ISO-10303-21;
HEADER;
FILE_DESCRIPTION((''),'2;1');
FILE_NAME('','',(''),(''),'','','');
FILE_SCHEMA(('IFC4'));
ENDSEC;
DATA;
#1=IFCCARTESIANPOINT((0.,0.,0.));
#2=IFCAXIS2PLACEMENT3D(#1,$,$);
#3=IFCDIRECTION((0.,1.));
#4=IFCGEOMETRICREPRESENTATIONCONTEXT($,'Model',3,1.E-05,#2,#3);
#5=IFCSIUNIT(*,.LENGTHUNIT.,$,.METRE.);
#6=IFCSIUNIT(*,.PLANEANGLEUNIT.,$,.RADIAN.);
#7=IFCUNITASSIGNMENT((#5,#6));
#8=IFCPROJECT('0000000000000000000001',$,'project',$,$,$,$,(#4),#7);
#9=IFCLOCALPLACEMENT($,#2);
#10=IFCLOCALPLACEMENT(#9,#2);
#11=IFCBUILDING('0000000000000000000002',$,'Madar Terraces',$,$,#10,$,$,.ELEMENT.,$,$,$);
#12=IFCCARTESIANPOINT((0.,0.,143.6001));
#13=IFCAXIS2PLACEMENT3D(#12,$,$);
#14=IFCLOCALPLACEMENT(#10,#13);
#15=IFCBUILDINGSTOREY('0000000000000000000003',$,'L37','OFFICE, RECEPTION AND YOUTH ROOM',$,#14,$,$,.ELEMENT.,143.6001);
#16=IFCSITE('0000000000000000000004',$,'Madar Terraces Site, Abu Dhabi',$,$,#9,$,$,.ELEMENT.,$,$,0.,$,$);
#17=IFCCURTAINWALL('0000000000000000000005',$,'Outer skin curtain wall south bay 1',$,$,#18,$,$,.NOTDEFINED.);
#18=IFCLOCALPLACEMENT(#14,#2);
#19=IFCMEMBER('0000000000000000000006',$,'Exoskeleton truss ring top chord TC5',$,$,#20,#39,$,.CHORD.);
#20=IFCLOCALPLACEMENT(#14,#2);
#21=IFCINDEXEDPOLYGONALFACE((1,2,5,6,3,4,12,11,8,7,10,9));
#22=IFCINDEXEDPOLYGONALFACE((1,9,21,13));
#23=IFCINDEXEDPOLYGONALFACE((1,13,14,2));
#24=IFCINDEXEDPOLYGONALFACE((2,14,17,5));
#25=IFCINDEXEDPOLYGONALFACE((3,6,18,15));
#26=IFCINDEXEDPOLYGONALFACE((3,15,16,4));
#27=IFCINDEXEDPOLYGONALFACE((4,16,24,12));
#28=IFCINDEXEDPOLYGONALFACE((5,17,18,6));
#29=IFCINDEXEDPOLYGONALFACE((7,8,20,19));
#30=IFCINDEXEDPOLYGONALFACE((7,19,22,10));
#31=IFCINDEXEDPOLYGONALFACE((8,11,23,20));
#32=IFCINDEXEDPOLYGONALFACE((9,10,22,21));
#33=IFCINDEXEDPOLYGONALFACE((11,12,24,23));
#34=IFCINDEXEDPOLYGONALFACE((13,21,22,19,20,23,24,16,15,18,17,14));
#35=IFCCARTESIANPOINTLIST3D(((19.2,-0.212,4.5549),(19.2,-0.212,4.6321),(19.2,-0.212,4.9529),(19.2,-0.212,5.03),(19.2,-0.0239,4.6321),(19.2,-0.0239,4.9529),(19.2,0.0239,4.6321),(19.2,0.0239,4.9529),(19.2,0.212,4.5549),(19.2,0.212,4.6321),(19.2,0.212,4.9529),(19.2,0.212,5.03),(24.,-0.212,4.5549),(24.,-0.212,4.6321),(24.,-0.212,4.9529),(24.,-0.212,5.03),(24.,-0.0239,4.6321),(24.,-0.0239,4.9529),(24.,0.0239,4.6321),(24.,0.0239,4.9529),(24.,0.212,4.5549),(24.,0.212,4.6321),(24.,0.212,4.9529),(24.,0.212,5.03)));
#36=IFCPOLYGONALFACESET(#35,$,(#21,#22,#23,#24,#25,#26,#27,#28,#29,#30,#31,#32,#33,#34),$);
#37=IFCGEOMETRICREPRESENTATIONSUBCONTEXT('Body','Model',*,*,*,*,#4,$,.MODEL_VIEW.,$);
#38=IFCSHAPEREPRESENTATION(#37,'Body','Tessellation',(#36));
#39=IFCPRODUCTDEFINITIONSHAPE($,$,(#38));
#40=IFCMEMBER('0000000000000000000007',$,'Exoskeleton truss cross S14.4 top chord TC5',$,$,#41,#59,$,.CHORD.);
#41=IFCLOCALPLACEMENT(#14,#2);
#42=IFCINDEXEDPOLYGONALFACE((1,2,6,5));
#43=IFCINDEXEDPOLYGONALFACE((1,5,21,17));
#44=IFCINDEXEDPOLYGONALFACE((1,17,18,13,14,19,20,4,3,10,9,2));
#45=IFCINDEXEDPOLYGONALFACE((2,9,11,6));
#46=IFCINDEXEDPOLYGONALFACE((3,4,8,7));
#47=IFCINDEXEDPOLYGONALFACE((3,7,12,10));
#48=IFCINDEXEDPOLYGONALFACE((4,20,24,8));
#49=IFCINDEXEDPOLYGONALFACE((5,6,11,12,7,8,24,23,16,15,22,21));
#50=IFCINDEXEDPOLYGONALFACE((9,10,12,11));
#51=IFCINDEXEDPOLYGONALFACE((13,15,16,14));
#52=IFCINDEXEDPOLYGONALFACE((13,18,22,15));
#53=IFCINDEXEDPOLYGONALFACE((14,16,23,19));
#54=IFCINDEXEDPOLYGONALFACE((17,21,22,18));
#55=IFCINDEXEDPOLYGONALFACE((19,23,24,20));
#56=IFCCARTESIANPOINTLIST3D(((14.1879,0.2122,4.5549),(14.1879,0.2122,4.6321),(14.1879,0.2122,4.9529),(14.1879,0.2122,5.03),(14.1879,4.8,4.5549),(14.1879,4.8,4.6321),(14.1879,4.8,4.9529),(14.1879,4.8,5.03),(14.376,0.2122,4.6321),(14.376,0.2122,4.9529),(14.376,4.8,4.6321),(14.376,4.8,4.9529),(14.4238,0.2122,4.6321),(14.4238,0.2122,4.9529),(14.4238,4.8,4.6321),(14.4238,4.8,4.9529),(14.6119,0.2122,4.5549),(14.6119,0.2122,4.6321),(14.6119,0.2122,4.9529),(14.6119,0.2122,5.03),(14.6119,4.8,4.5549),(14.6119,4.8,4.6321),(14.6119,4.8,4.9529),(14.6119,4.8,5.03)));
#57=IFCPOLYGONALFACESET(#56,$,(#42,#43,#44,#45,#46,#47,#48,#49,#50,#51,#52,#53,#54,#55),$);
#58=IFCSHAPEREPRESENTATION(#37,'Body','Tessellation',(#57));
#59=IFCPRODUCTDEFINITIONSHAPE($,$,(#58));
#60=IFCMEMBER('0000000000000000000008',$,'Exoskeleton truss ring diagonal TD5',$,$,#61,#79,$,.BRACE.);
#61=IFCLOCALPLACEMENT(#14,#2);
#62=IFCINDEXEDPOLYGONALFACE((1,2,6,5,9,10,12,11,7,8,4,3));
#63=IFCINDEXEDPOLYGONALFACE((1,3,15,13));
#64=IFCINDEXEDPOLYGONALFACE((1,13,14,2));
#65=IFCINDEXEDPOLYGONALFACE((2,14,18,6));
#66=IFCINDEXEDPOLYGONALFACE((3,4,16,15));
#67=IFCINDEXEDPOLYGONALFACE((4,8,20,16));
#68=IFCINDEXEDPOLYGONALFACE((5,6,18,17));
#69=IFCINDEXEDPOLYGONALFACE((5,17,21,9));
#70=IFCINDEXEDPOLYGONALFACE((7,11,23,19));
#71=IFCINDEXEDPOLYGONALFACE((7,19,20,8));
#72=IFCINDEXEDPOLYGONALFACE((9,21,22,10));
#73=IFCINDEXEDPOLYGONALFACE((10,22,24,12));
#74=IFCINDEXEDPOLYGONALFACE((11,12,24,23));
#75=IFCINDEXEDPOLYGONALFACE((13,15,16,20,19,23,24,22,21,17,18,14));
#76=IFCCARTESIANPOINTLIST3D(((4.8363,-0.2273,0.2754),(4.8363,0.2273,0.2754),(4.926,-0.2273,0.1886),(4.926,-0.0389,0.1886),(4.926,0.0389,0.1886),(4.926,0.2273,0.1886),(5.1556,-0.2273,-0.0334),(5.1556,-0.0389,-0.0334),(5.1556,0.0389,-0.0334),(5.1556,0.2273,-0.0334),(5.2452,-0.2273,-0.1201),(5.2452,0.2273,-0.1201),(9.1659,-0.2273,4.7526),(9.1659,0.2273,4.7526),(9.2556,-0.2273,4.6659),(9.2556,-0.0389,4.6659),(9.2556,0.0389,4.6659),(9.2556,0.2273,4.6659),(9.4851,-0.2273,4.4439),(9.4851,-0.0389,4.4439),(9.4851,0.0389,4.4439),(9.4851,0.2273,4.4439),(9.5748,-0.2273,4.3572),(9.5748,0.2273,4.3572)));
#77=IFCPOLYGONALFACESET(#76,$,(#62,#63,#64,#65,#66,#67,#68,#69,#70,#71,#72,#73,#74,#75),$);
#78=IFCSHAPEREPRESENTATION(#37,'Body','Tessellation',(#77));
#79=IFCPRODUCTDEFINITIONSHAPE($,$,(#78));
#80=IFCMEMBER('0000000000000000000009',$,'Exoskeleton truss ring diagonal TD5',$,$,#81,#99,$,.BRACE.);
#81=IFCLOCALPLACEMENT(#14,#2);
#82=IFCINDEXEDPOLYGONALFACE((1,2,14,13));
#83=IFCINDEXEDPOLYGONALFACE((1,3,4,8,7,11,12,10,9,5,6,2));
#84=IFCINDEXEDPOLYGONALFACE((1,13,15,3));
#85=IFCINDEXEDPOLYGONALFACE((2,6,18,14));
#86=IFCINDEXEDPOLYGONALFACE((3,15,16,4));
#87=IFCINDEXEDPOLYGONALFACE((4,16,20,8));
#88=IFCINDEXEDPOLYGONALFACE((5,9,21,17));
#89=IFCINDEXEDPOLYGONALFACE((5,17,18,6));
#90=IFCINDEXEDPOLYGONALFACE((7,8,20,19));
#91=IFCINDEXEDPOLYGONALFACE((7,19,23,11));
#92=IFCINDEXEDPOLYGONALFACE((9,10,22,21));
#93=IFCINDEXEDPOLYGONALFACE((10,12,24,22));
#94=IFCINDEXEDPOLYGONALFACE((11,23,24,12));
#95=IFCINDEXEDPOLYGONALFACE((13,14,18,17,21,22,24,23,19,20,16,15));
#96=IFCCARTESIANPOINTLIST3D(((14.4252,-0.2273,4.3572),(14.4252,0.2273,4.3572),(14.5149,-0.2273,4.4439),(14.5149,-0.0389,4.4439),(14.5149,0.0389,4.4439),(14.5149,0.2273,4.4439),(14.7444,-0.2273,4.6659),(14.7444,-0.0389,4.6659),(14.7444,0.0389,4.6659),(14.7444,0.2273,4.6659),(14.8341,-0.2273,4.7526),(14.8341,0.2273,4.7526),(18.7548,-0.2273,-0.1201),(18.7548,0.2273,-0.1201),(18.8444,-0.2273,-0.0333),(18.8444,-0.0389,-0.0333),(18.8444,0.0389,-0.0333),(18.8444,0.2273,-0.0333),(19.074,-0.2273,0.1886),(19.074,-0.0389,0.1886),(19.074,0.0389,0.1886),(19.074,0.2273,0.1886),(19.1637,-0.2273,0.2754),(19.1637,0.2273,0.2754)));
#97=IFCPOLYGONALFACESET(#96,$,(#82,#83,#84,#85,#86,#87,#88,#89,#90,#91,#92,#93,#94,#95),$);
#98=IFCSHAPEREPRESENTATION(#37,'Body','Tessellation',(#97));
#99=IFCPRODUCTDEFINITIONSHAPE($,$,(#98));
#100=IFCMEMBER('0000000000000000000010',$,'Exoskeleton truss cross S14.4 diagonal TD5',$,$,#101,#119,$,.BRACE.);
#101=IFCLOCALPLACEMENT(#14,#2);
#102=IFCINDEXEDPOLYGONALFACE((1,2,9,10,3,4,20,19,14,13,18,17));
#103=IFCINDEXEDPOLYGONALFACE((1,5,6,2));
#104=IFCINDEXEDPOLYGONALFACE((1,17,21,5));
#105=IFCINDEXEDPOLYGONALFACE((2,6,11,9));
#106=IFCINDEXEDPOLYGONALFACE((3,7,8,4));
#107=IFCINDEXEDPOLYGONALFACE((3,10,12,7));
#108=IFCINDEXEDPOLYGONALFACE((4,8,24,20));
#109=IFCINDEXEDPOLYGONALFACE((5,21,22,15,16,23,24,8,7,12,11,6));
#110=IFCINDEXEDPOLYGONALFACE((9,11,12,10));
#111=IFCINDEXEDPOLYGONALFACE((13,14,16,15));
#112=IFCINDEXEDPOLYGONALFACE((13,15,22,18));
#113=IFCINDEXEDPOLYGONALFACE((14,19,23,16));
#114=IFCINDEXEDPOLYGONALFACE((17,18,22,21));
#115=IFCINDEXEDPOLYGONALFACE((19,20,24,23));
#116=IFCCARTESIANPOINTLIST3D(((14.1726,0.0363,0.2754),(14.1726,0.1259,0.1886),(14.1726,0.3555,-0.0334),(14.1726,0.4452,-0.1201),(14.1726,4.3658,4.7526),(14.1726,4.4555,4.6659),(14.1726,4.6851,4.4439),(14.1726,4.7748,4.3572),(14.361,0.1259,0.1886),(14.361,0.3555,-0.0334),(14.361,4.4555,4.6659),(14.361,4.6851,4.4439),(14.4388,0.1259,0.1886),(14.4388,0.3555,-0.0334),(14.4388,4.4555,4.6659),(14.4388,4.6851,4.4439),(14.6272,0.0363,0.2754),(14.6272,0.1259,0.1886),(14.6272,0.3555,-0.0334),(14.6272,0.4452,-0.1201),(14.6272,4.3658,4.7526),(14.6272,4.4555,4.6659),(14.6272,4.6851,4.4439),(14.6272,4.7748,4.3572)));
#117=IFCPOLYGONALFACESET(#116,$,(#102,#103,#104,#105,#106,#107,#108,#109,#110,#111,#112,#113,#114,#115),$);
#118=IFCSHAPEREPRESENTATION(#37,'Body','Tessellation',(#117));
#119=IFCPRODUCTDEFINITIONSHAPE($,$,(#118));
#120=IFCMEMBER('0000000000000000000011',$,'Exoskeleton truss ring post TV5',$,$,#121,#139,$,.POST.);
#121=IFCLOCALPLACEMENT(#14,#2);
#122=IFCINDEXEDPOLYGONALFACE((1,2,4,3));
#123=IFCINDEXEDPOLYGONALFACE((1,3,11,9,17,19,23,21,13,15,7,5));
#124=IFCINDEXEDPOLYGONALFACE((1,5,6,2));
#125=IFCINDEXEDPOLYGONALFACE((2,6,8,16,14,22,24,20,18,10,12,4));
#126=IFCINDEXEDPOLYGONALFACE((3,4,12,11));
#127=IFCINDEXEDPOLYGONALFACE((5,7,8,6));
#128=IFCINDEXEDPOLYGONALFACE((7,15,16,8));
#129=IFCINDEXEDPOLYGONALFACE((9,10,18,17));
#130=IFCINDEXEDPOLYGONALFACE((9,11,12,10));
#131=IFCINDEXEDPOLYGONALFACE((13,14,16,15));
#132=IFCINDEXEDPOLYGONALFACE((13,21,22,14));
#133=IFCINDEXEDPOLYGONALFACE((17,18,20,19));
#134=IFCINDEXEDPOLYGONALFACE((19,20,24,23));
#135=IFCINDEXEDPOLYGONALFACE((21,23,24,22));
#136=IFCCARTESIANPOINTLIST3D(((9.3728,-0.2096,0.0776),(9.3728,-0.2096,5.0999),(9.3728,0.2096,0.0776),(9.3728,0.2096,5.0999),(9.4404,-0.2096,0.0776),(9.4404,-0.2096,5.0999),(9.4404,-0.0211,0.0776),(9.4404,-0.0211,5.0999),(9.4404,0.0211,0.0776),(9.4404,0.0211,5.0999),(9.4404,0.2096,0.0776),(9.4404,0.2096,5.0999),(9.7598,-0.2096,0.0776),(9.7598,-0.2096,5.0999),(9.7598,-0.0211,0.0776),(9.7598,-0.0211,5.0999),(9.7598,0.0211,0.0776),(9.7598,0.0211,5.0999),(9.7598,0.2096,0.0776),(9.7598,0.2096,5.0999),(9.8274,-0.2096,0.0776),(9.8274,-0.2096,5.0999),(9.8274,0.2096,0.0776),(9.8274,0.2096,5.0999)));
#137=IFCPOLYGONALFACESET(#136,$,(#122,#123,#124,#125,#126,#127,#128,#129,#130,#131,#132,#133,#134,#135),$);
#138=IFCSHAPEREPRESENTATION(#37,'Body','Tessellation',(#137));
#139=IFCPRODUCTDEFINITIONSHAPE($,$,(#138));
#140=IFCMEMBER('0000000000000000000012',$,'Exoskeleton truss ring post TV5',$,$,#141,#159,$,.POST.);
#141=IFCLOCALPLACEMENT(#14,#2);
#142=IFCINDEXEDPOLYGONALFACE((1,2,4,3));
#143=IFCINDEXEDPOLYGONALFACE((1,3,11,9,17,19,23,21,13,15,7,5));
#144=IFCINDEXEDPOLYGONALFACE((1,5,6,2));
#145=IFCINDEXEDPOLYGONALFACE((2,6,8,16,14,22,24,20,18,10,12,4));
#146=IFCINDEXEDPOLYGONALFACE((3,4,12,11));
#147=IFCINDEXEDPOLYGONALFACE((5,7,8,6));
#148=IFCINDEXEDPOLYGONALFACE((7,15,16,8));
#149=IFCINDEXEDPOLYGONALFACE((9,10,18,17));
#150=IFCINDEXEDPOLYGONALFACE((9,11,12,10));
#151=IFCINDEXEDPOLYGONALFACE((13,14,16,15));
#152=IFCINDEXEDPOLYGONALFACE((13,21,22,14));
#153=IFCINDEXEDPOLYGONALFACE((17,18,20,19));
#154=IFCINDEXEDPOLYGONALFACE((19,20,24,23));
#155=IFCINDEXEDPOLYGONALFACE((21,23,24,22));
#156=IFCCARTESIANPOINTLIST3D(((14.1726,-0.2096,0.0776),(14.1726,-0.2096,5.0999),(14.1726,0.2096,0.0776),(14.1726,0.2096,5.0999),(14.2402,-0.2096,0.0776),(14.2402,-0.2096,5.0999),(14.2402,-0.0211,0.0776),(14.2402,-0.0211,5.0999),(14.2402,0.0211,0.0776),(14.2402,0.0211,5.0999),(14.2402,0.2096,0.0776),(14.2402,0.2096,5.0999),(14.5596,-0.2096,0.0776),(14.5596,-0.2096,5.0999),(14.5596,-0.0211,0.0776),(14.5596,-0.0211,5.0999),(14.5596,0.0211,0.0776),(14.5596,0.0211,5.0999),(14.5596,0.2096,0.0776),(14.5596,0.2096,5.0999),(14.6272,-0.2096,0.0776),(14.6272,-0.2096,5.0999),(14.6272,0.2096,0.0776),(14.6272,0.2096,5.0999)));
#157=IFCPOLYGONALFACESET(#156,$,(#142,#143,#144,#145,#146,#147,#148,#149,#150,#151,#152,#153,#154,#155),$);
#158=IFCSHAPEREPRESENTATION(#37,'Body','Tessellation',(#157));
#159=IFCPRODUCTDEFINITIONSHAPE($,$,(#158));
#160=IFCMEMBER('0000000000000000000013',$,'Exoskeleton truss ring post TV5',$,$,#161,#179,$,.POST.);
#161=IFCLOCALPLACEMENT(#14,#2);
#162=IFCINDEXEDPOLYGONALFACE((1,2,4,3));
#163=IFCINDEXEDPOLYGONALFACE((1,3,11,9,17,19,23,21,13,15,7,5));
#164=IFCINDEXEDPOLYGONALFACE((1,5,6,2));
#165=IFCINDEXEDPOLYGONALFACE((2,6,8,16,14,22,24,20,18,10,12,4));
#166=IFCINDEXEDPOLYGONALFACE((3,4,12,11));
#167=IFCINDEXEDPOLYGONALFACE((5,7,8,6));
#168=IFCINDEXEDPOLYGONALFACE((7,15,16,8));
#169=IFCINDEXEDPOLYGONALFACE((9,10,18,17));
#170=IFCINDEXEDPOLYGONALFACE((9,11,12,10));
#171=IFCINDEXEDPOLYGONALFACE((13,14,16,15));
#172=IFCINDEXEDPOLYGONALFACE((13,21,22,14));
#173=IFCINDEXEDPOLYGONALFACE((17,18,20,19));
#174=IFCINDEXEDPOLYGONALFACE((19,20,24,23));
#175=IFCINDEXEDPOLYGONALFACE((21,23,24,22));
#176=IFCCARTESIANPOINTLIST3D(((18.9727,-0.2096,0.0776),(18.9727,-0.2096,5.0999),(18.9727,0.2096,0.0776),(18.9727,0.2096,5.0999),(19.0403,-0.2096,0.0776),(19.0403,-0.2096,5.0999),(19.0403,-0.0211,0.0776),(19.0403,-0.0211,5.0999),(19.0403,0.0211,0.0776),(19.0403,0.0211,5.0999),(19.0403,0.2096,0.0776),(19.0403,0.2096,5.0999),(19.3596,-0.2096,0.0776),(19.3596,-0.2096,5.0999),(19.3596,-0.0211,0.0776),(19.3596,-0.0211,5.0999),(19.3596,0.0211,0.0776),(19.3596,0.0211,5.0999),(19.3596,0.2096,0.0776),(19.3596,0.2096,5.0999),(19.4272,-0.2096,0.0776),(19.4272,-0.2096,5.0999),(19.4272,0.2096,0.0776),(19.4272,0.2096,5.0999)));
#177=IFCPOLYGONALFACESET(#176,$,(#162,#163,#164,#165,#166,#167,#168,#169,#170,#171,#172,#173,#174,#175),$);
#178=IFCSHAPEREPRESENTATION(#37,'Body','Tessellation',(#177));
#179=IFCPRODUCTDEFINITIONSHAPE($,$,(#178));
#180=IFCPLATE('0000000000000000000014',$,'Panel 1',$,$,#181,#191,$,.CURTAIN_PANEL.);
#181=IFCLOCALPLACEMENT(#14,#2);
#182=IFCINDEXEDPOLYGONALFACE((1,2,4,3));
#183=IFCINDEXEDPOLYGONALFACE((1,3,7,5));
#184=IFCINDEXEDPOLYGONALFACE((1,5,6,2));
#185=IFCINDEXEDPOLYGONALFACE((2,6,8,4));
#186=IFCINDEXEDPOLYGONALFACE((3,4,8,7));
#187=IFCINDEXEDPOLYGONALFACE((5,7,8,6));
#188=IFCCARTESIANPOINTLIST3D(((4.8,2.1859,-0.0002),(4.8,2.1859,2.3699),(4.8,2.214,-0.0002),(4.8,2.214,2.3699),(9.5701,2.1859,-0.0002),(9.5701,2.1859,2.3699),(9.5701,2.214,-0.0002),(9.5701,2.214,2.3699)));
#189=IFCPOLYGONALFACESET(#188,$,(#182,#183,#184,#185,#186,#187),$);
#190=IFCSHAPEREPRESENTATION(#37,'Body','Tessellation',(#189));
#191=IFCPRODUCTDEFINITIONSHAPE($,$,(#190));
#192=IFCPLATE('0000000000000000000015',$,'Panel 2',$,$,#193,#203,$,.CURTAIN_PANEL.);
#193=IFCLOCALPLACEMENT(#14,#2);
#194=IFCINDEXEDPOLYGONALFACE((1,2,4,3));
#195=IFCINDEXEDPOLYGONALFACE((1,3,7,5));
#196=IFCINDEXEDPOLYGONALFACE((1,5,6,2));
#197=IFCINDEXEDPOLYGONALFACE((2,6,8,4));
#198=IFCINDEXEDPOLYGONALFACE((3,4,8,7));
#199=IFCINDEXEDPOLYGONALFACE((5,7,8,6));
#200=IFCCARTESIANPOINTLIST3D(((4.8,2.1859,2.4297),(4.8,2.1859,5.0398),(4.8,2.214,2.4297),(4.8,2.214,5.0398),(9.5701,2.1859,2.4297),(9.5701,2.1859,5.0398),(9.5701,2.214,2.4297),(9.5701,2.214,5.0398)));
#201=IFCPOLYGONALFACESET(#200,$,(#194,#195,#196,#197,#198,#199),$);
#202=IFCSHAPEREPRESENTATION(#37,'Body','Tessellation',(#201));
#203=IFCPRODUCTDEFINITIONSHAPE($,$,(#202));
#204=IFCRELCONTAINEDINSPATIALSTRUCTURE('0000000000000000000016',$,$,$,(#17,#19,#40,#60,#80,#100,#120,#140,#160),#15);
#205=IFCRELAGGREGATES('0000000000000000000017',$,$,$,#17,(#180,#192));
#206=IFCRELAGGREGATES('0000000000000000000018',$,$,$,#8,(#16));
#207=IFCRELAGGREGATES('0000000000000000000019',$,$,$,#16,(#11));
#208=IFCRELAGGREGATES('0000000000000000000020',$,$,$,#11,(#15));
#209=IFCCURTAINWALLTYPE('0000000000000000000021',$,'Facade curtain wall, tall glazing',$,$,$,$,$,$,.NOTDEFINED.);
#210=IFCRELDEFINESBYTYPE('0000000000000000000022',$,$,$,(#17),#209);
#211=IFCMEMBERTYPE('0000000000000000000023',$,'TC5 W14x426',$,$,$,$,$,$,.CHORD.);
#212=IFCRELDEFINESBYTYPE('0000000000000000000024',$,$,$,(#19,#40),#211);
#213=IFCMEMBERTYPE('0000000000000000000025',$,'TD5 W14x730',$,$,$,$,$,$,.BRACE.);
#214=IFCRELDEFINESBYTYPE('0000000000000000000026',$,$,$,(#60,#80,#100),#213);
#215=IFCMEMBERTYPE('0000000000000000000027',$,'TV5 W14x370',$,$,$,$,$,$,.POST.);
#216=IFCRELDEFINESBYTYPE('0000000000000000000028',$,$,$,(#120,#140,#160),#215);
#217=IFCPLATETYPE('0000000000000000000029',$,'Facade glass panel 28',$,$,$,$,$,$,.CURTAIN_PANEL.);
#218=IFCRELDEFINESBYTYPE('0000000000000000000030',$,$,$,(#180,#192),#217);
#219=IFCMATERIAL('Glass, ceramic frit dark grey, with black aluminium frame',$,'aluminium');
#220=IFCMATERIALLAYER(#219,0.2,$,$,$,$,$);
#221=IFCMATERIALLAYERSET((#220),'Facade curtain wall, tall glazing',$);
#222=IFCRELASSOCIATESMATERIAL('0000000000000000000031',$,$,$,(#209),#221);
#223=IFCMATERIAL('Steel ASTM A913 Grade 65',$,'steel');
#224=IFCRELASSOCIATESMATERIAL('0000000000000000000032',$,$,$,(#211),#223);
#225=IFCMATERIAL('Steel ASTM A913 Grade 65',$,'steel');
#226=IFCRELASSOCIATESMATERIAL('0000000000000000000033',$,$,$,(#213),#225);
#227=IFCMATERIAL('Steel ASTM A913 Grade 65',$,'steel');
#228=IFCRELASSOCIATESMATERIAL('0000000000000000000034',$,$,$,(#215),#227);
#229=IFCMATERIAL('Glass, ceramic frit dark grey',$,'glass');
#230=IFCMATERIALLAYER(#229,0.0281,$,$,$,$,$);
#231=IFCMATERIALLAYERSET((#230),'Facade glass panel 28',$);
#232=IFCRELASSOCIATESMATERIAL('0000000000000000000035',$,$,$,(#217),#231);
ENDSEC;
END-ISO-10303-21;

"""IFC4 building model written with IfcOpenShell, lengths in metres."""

from ifc_helpers import new_model, si_unit, direction, frame, origin, origin_2d, place, context, subcontext, project, spatial, rectangle, i_section, extrude, material, layer, layer_set, material_profile, profile_set, type_object, element, aggregate, save


model = new_model("IFC4")

# Units and contexts
model_context = context("Model", 3, precision=1e-05, world=origin(), true_north=direction((0.0, 1.0)))
body_context = subcontext(model_context, "Body", "Model", "MODEL_VIEW")
ifc_project = project(units=[si_unit("LENGTHUNIT", "METRE"), si_unit("PLANEANGLEUNIT", "RADIAN")], contexts=[model_context])

# Site, building, storey
site_placement = place(None, origin())
site = spatial("IfcSite", under=ifc_project, at=site_placement, Name="Madar Terraces Site, Abu Dhabi", CompositionType="ELEMENT", RefElevation=0.0)
building_placement = place(site_placement, origin())
building = spatial("IfcBuilding", under=site, at=building_placement, Name="Madar Terraces", CompositionType="ELEMENT")
storey_placement = place(building_placement, frame((0.0, 0.0, 143.6001)))
storey = spatial("IfcBuildingStorey", under=building, at=storey_placement, Name="L37", Description="OFFICE, RECEPTION AND YOUTH ROOM", CompositionType="ELEMENT", Elevation=143.6001)

# Curtain wall
ifc_material_1 = material(Name="Glass, ceramic frit dark grey, with black aluminium frame", Category="aluminium")
ifc_layer_1 = layer(ifc_material_1, 0.2)
ifc_layer_set_1 = layer_set([ifc_layer_1], Name="Facade curtain wall, tall glazing")
curtain_wall_type = type_object("IfcCurtainWallType", Name="Facade curtain wall, tall glazing", PredefinedType="NOTDEFINED", material=ifc_layer_set_1)
curtain_wall_placement = place(storey_placement, origin())
curtain_wall = element("IfcCurtainWall", 1, at=curtain_wall_placement, inside=storey, type_object=curtain_wall_type, Name="Outer skin curtain wall south bay 1", PredefinedType="NOTDEFINED")

# Members
ifc_material_2 = material(Name="Steel ASTM A913 Grade 65", Category="steel")
ifc_material_profile_1 = material_profile(ifc_material_2, i_section(OverallWidth=0.4241, OverallDepth=0.4751, WebThickness=0.0479, FlangeThickness=0.0771, at=origin_2d()), Name="W14x426")
ifc_profile_set_1 = profile_set([ifc_material_profile_1], Name="Steel ASTM A913 Grade 65")
member_type_1 = type_object("IfcMemberType", Name="TC5 W14x426", PredefinedType="CHORD", material=ifc_profile_set_1)
for number, where, z_axis, x_axis, name in (
    (2, (19.2, 0.0, 4.7925), (1.0, 0.0, 0.0), (0.0, 1.0, 0.0), "Exoskeleton truss ring top chord TC5"),
):
    element("IfcMember", number, at=place(storey_placement, frame(where, z_axis=z_axis, x_axis=x_axis)), inside=storey, type_object=member_type_1, Name=name, PredefinedType="CHORD", context=body_context, shape_type="SweptSolid", body=[
        extrude(i_section(OverallWidth=0.4241, OverallDepth=0.4751, WebThickness=0.0479, FlangeThickness=0.0771, at=origin_2d()), origin(), (0.0, 0.0, 1.0), 4.8),
    ])
member_1_placement = place(storey_placement, frame((14.3999, 0.2122, 4.7925), z_axis=(0.0, 1.0, 0.0), x_axis=(-1.0, 0.0, 0.0)))
element("IfcMember", 3, at=member_1_placement, inside=storey, type_object=member_type_1, Name="Exoskeleton truss cross S14.4 top chord TC5", PredefinedType="CHORD", context=body_context, shape_type="SweptSolid", body=[
    extrude(i_section(OverallWidth=0.4241, OverallDepth=0.4751, WebThickness=0.0479, FlangeThickness=0.0771, at=origin_2d()), origin(), (0.0, 0.0, 1.0), 4.5879),
])
ifc_material_3 = material(Name="Steel ASTM A913 Grade 65", Category="steel")
ifc_material_profile_2 = material_profile(ifc_material_3, i_section(OverallWidth=0.4546, OverallDepth=0.5688, WebThickness=0.0779, FlangeThickness=0.1248, at=origin_2d()), Name="W14x730")
ifc_profile_set_2 = profile_set([ifc_material_profile_2], Name="Steel ASTM A913 Grade 65")
member_type_2 = type_object("IfcMemberType", Name="TD5 W14x730", PredefinedType="BRACE", material=ifc_profile_set_2)
for number, where, z_axis, x_axis, name in (
    (4, (5.0408, 0.0, 0.0776), (0.69515, 0.0, 0.718865), (0.0, 1.0, 0.0), "Exoskeleton truss ring diagonal TD5"),
    (5, (14.6296, 0.0, 4.5549), (0.69515, 0.0, -0.718865), (0.0, 1.0, 0.0), "Exoskeleton truss ring diagonal TD5"),
    (6, (14.3999, 0.2407, 0.0776), (0.0, 0.69515, 0.718865), (-1.0, 0.0, 0.0), "Exoskeleton truss cross S14.4 diagonal TD5"),
):
    element("IfcMember", number, at=place(storey_placement, frame(where, z_axis=z_axis, x_axis=x_axis)), inside=storey, type_object=member_type_2, Name=name, PredefinedType="BRACE", context=body_context, shape_type="SweptSolid", body=[
        extrude(i_section(OverallWidth=0.4546, OverallDepth=0.5688, WebThickness=0.0779, FlangeThickness=0.1248, at=origin_2d()), origin(), (0.0, 0.0, 1.0), 6.2283),
    ])
ifc_material_4 = material(Name="Steel ASTM A913 Grade 65", Category="steel")
ifc_material_profile_3 = material_profile(ifc_material_4, i_section(OverallWidth=0.4192, OverallDepth=0.4546, WebThickness=0.0422, FlangeThickness=0.0676, at=origin_2d()), Name="W14x370")
ifc_profile_set_3 = profile_set([ifc_material_profile_3], Name="Steel ASTM A913 Grade 65")
member_type_3 = type_object("IfcMemberType", Name="TV5 W14x370", PredefinedType="POST", material=ifc_profile_set_3)
for number, where, z_axis, x_axis, name in (
    (7, (9.6001, 0.0, 0.0776), (0.0, 0.0, 1.0), (0.0, 1.0, 0.0), "Exoskeleton truss ring post TV5"),
    (8, (14.3999, 0.0, 0.0776), (0.0, 0.0, 1.0), (0.0, 1.0, 0.0), "Exoskeleton truss ring post TV5"),
    (9, (19.2, 0.0, 0.0776), (0.0, 0.0, 1.0), (0.0, 1.0, 0.0), "Exoskeleton truss ring post TV5"),
):
    element("IfcMember", number, at=place(storey_placement, frame(where, z_axis=z_axis, x_axis=x_axis)), inside=storey, type_object=member_type_3, Name=name, PredefinedType="POST", context=body_context, shape_type="SweptSolid", body=[
        extrude(i_section(OverallWidth=0.4192, OverallDepth=0.4546, WebThickness=0.0422, FlangeThickness=0.0676, at=origin_2d()), origin(), (0.0, 0.0, 1.0), 5.0222),
    ])

# Plates
ifc_material_5 = material(Name="Glass, ceramic frit dark grey", Category="glass")
ifc_layer_2 = layer(ifc_material_5, 0.0281)
ifc_layer_set_2 = layer_set([ifc_layer_2], Name="Facade glass panel 28")
plate_type = type_object("IfcPlateType", Name="Facade glass panel 28", PredefinedType="CURTAIN_PANEL", material=ifc_layer_set_2)
plate_1_placement = place(storey_placement, frame((7.1851, 2.2, -0.0002), z_axis=(0.0, 0.0, 1.0), x_axis=(1.0, 0.0, 0.0)))
plate_1 = element("IfcPlate", 10, at=plate_1_placement, type_object=plate_type, Name="Panel 1", PredefinedType="CURTAIN_PANEL", context=body_context, shape_type="SweptSolid", body=[
    extrude(rectangle(XDim=4.77, YDim=0.0281, at=origin_2d()), origin(), (0.0, 0.0, 1.0), 2.3701),
])
plate_2_placement = place(storey_placement, frame((7.1851, 2.2, 2.4297), z_axis=(0.0, 0.0, 1.0), x_axis=(1.0, 0.0, 0.0)))
plate_2 = element("IfcPlate", 11, at=plate_2_placement, type_object=plate_type, Name="Panel 2", PredefinedType="CURTAIN_PANEL", context=body_context, shape_type="SweptSolid", body=[
    extrude(rectangle(XDim=4.77, YDim=0.0281, at=origin_2d()), origin(), (0.0, 0.0, 1.0), 2.6101),
])
aggregate(curtain_wall, [plate_1, plate_2])

save(model, "model.ifc")
